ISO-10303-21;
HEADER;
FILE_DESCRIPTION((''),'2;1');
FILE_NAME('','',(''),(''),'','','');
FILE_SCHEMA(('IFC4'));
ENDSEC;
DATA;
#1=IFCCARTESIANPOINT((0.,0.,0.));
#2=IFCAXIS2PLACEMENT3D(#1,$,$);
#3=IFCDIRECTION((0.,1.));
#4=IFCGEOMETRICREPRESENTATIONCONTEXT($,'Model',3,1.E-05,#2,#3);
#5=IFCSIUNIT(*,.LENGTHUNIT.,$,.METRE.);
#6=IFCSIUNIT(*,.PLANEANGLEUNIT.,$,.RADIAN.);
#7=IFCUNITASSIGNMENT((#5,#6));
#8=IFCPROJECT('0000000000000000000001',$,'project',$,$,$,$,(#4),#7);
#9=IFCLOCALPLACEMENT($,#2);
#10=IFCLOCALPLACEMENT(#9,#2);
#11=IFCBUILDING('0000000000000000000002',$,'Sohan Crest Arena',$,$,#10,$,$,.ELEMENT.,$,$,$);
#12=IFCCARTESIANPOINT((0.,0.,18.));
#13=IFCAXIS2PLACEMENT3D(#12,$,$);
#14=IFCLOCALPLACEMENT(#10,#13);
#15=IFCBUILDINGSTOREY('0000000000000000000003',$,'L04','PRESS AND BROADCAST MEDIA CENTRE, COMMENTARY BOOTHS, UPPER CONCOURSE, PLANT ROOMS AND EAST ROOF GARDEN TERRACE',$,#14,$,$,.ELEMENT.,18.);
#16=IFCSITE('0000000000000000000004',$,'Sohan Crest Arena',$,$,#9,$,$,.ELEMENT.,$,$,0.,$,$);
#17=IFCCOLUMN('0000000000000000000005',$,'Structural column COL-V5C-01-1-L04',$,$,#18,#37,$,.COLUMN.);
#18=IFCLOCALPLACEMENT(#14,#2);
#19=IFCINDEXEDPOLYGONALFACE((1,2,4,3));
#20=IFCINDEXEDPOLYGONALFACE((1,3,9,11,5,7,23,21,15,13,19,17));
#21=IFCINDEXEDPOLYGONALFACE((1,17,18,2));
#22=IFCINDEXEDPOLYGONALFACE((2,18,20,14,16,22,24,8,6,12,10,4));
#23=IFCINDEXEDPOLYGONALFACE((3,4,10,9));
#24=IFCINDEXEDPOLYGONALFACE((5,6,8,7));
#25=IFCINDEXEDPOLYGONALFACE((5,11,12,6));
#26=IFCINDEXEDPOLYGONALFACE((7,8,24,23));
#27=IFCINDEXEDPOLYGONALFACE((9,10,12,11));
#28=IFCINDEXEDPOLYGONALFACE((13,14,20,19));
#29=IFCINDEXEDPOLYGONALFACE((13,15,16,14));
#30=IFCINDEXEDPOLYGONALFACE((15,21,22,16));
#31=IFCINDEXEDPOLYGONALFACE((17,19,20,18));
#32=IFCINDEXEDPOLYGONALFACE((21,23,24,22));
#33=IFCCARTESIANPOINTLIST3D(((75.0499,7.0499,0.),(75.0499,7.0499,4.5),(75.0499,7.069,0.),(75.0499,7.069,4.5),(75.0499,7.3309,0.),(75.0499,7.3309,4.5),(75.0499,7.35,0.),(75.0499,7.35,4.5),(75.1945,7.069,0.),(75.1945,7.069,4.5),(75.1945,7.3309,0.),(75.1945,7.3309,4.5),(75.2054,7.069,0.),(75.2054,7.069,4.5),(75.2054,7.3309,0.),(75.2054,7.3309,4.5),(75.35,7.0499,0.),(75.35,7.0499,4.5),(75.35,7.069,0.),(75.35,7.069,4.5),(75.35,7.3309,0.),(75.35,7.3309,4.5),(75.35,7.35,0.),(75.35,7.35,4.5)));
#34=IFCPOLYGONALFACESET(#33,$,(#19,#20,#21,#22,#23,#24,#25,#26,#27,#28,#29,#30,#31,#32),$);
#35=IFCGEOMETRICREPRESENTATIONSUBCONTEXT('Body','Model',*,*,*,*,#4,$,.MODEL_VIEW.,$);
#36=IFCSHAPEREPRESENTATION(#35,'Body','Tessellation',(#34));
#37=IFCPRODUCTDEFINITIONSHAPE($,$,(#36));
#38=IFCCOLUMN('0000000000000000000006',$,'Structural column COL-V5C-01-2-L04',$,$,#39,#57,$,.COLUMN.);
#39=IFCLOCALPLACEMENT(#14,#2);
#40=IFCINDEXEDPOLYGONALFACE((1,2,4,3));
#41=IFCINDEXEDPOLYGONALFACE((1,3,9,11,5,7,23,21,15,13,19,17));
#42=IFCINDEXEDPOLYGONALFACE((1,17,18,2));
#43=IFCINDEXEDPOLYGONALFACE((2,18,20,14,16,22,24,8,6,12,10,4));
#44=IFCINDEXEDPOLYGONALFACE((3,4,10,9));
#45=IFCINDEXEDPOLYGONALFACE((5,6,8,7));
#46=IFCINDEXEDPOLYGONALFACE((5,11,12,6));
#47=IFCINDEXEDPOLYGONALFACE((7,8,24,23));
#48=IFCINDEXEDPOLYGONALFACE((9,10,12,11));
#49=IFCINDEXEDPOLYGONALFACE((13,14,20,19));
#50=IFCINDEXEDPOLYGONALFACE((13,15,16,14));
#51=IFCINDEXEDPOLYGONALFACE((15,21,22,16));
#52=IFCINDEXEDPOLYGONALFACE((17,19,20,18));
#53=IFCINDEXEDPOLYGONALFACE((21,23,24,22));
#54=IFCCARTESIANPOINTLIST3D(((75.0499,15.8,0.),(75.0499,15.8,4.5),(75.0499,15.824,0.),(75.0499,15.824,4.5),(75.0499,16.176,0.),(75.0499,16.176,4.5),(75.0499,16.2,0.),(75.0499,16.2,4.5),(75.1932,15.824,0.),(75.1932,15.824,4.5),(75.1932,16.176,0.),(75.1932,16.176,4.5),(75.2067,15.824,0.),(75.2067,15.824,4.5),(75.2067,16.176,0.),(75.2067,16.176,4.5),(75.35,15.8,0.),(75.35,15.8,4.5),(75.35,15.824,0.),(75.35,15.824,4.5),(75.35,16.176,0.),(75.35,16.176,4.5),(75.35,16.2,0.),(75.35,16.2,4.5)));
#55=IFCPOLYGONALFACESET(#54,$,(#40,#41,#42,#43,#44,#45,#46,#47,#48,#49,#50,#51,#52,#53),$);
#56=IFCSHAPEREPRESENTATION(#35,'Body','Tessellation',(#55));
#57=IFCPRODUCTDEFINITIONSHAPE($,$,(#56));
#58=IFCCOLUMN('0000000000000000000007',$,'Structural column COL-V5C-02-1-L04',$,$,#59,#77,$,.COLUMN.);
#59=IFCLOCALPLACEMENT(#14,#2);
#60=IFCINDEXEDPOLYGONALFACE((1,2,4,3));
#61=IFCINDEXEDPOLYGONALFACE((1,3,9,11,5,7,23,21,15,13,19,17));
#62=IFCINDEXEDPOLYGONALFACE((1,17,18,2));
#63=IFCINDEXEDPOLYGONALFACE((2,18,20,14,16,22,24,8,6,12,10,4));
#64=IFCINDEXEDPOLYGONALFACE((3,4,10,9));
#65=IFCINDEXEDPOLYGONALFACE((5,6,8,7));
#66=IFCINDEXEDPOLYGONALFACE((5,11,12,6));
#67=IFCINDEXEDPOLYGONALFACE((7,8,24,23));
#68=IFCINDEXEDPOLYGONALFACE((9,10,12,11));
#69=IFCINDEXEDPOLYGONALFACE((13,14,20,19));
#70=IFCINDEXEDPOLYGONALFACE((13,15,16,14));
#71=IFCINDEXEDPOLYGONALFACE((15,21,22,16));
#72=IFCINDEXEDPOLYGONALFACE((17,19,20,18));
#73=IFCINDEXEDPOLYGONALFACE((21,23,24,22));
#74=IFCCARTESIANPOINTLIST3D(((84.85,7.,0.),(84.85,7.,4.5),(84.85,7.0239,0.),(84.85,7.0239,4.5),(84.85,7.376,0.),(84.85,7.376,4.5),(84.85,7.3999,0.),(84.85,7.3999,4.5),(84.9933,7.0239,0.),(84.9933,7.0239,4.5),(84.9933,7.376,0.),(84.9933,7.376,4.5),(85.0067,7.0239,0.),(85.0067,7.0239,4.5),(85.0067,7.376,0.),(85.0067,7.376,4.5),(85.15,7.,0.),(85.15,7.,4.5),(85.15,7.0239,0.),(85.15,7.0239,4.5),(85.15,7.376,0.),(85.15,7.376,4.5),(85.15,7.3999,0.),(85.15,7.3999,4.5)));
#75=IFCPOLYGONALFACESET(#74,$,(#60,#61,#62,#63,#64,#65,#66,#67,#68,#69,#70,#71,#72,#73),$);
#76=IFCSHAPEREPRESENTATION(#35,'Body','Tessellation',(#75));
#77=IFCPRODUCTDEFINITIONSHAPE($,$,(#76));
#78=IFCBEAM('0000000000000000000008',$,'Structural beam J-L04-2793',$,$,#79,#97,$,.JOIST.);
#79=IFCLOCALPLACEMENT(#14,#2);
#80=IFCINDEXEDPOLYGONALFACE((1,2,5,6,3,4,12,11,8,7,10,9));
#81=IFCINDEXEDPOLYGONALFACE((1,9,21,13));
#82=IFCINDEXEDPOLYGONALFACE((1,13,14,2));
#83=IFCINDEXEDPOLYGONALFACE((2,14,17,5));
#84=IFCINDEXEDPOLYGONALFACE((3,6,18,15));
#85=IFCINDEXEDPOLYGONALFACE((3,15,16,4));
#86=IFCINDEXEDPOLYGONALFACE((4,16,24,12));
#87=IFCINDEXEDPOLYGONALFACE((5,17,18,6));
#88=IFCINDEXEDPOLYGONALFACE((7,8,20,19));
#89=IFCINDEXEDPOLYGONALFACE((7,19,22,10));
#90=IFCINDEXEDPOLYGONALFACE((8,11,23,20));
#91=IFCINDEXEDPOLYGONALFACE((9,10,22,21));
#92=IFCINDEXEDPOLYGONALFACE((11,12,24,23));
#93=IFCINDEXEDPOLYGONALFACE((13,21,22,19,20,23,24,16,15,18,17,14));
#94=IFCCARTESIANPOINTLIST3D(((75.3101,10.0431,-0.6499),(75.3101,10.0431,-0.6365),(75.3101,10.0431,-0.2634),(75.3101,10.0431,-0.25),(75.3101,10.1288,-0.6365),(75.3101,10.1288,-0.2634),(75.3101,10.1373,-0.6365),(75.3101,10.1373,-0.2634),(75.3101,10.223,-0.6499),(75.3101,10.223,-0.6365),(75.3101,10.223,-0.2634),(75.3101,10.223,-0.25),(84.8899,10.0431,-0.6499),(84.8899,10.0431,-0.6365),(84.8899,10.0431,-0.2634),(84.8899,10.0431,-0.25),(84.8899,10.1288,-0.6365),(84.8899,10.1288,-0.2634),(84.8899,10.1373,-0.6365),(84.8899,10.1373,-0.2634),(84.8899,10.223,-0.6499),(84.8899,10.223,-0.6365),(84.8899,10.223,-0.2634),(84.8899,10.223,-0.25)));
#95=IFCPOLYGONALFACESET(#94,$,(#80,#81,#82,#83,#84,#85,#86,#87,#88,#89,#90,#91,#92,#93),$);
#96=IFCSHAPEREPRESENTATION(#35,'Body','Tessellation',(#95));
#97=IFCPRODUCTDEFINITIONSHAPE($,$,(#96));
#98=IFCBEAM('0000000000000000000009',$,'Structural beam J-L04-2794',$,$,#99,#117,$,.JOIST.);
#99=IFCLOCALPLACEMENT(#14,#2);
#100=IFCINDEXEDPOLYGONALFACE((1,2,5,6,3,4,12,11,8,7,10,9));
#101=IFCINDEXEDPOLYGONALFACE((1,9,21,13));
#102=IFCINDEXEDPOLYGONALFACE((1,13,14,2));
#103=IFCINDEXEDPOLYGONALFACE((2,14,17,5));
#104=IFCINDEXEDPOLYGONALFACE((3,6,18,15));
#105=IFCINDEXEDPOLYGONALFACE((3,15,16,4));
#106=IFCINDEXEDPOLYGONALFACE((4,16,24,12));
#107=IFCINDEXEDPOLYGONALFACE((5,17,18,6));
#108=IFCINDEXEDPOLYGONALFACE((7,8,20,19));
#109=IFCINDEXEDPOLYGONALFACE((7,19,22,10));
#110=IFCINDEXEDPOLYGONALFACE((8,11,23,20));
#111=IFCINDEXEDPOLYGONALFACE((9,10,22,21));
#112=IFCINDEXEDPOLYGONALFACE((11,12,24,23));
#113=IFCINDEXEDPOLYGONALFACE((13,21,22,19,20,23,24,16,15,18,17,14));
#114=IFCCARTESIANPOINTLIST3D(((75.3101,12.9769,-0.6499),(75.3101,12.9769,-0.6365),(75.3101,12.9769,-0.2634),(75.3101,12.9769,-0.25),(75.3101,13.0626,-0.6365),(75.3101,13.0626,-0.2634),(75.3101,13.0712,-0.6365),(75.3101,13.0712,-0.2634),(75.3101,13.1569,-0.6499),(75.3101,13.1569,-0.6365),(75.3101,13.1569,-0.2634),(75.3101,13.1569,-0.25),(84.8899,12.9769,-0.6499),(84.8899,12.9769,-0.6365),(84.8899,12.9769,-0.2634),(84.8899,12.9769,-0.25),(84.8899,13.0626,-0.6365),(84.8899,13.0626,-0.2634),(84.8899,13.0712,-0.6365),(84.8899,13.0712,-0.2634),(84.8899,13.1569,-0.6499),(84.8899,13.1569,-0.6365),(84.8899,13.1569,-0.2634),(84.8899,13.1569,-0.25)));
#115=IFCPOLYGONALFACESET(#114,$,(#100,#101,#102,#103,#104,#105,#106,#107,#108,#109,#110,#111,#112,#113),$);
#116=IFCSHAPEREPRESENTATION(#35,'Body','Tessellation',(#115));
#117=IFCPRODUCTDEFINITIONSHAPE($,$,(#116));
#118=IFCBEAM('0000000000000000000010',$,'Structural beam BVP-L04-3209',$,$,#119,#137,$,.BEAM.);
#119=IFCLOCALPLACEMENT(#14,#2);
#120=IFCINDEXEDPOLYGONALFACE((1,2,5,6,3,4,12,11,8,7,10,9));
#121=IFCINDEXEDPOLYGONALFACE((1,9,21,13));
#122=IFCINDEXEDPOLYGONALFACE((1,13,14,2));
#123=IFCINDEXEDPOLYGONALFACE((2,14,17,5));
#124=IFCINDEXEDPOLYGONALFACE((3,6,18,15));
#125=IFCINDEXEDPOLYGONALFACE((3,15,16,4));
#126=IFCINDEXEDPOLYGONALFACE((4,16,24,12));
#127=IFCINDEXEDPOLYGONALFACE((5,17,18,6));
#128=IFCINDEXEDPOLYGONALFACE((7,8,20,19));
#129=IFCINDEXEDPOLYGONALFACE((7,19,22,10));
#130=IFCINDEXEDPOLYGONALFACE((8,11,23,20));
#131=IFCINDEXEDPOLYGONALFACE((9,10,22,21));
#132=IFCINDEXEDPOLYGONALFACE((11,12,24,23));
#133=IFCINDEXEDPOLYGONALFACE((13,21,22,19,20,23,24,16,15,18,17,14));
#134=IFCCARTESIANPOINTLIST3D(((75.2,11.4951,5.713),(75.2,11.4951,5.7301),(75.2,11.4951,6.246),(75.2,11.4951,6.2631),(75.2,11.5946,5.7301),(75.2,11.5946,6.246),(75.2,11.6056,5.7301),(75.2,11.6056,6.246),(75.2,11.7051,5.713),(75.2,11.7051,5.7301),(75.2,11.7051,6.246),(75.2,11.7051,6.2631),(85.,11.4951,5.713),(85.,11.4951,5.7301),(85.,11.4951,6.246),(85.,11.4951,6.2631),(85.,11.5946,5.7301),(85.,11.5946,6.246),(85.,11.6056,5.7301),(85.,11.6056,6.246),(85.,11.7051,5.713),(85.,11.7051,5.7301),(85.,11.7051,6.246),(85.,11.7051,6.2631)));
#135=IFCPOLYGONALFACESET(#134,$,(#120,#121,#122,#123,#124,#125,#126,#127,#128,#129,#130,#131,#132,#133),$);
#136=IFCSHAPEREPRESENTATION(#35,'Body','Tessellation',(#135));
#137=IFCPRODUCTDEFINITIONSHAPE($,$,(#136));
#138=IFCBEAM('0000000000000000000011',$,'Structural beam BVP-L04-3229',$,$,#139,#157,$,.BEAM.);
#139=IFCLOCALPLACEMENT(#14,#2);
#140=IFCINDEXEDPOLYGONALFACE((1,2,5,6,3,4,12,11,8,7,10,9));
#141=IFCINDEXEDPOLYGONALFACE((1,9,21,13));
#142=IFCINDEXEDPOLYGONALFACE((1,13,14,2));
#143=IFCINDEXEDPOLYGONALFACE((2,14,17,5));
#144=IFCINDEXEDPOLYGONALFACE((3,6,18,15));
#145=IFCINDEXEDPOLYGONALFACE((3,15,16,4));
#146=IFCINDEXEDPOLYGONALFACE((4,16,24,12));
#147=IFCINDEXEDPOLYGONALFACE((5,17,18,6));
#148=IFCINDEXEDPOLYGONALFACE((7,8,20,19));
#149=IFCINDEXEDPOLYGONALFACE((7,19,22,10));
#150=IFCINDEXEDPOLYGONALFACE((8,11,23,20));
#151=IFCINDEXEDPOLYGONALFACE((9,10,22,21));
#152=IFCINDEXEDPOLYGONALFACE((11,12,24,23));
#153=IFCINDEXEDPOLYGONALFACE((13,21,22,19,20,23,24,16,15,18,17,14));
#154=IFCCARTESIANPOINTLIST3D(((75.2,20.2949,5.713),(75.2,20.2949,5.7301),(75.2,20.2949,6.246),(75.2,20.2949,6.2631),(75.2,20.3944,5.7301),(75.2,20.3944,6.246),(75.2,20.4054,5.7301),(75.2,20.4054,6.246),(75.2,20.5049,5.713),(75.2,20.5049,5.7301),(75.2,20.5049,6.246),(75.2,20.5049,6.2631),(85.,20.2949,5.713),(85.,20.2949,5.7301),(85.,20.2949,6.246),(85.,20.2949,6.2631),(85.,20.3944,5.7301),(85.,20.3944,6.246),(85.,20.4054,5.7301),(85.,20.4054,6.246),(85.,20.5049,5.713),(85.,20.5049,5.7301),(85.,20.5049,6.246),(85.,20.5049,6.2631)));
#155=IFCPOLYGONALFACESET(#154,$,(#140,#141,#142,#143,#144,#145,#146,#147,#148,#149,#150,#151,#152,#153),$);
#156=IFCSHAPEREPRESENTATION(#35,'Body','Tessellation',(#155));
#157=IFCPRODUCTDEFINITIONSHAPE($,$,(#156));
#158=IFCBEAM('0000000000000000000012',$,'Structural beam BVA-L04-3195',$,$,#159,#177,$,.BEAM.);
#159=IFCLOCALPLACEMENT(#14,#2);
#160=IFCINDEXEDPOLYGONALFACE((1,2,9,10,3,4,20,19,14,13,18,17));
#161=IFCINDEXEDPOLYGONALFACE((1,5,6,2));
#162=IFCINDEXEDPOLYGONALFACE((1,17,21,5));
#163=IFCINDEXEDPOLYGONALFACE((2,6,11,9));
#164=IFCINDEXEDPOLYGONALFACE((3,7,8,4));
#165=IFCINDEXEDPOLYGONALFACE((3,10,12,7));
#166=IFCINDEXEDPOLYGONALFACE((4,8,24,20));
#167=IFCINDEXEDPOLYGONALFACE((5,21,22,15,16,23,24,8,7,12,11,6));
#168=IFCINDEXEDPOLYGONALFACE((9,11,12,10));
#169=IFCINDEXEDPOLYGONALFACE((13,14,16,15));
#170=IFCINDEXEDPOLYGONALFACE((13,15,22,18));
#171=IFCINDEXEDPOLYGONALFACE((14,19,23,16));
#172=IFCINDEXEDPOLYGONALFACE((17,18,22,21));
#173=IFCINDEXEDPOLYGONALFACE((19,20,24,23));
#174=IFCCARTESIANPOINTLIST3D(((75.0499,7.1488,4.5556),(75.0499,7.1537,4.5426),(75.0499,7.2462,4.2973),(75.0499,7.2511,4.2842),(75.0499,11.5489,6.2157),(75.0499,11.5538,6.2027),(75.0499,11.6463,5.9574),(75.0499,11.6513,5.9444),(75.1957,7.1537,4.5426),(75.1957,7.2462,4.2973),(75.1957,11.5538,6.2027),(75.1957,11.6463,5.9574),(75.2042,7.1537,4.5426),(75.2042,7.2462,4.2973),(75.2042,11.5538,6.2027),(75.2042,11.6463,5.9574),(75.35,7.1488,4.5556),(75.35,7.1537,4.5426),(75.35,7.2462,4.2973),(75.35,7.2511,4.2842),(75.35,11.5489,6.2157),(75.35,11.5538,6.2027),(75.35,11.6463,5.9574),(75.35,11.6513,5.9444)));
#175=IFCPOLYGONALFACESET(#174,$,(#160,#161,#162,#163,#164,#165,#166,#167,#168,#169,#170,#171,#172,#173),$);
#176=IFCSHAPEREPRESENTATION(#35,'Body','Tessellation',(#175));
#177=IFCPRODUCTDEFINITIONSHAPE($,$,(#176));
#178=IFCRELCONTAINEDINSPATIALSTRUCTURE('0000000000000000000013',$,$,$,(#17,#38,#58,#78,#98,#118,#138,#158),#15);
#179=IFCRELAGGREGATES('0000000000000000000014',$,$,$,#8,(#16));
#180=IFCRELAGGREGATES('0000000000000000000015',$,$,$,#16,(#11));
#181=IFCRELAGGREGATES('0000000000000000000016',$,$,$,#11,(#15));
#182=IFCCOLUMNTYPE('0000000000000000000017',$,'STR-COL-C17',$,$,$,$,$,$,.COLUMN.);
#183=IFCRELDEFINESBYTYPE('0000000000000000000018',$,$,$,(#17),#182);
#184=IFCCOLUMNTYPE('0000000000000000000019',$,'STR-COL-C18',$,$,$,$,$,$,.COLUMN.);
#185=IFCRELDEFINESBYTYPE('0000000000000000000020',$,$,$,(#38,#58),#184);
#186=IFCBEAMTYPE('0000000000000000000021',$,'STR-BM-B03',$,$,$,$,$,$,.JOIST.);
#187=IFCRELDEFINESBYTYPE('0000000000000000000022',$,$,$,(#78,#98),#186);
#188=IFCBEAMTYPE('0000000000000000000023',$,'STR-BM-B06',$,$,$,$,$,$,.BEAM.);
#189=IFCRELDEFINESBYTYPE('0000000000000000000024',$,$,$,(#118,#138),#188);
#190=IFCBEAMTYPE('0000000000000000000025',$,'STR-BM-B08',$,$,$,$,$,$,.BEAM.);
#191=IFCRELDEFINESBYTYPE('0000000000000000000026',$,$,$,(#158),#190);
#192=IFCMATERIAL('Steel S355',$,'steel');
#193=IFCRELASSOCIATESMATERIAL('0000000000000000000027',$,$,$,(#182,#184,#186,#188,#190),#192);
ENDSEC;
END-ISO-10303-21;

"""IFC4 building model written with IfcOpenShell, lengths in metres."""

from ifc_helpers import new_model, si_unit, direction, frame, origin, origin_2d, place, context, subcontext, project, spatial, i_section, extrude, material, material_profile, profile_set, type_object, element, save


model = new_model("IFC4")

# Units and contexts
model_context = context("Model", 3, precision=1e-05, world=origin(), true_north=direction((0.0, 1.0)))
body_context = subcontext(model_context, "Body", "Model", "MODEL_VIEW")
ifc_project = project(units=[si_unit("LENGTHUNIT", "METRE"), si_unit("PLANEANGLEUNIT", "RADIAN")], contexts=[model_context])

# Site, building, storey
site_placement = place(None, origin())
site = spatial("IfcSite", under=ifc_project, at=site_placement, Name="Sohan Crest Arena", CompositionType="ELEMENT", RefElevation=0.0)
building_placement = place(site_placement, origin())
building = spatial("IfcBuilding", under=site, at=building_placement, Name="Sohan Crest Arena", CompositionType="ELEMENT")
storey_placement = place(building_placement, frame((0.0, 0.0, 18.0)))
storey = spatial("IfcBuildingStorey", under=building, at=storey_placement, Name="L04", Description="PRESS AND BROADCAST MEDIA CENTRE, COMMENTARY BOOTHS, UPPER CONCOURSE, PLANT ROOMS AND EAST ROOF GARDEN TERRACE", CompositionType="ELEMENT", Elevation=18.0)

# Columns
ifc_material_1 = material(Name="Steel S355", Category="steel")
ifc_material_profile_1 = material_profile(ifc_material_1, i_section(OverallWidth=0.3, OverallDepth=0.3, WebThickness=0.011, FlangeThickness=0.019, at=origin_2d()), Name="HEB 300")
ifc_profile_set_1 = profile_set([ifc_material_profile_1], Name="Steel S355")
column_type_1 = type_object("IfcColumnType", Name="STR-COL-C17", PredefinedType="COLUMN", material=ifc_profile_set_1)
column_placement = place(storey_placement, frame((75.2, 7.2, 0.0), z_axis=(0.0, 0.0, 1.0), x_axis=(1.0, 0.0, 0.0)))
element("IfcColumn", 1, at=column_placement, inside=storey, type_object=column_type_1, Name="Structural column COL-V5C-01-1-L04", PredefinedType="COLUMN", context=body_context, shape_type="SweptSolid", body=[
    extrude(i_section(OverallWidth=0.3, OverallDepth=0.3, WebThickness=0.011, FlangeThickness=0.019, at=origin_2d()), origin(), (0.0, 0.0, 1.0), 4.5),
])
ifc_material_profile_2 = material_profile(ifc_material_1, i_section(OverallWidth=0.3, OverallDepth=0.3999, WebThickness=0.0134, FlangeThickness=0.0239, at=origin_2d()), Name="HEB 400")
ifc_profile_set_2 = profile_set([ifc_material_profile_2], Name="Steel S355")
column_type_2 = type_object("IfcColumnType", Name="STR-COL-C18", PredefinedType="COLUMN", material=ifc_profile_set_2)
for number, where, z_axis, x_axis, name in (
    (2, (75.2, 16.0, 0.0), (0.0, 0.0, 1.0), (1.0, 0.0, 0.0), "Structural column COL-V5C-01-2-L04"),
    (3, (85.0, 7.2, 0.0), (0.0, 0.0, 1.0), (1.0, 0.0, 0.0), "Structural column COL-V5C-02-1-L04"),
):
    element("IfcColumn", number, at=place(storey_placement, frame(where, z_axis=z_axis, x_axis=x_axis)), inside=storey, type_object=column_type_2, Name=name, PredefinedType="COLUMN", context=body_context, shape_type="SweptSolid", body=[
        extrude(i_section(OverallWidth=0.3, OverallDepth=0.3999, WebThickness=0.0134, FlangeThickness=0.0239, at=origin_2d()), origin(), (0.0, 0.0, 1.0), 4.5),
    ])

# Beams
ifc_material_profile_3 = material_profile(ifc_material_1, i_section(OverallWidth=0.1799, OverallDepth=0.3999, WebThickness=0.0085, FlangeThickness=0.0134, at=origin_2d()), Name="IPE 400")
ifc_profile_set_3 = profile_set([ifc_material_profile_3], Name="Steel S355")
beam_type_1 = type_object("IfcBeamType", Name="STR-BM-B03", PredefinedType="JOIST", material=ifc_profile_set_3)
for number, where, z_axis, x_axis, name in (
    (4, (75.3101, 10.1331, -0.45), (1.0, 0.0, 0.0), (0.0, 1.0, 0.0), "Structural beam J-L04-2793"),
    (5, (75.3101, 13.0669, -0.45), (1.0, 0.0, 0.0), (0.0, 1.0, 0.0), "Structural beam J-L04-2794"),
):
    element("IfcBeam", number, at=place(storey_placement, frame(where, z_axis=z_axis, x_axis=x_axis)), inside=storey, type_object=beam_type_1, Name=name, PredefinedType="JOIST", context=body_context, shape_type="SweptSolid", body=[
        extrude(i_section(OverallWidth=0.1799, OverallDepth=0.3999, WebThickness=0.0085, FlangeThickness=0.0134, at=origin_2d()), origin(), (0.0, 0.0, 1.0), 9.5798),
    ])
ifc_material_profile_4 = material_profile(ifc_material_1, i_section(OverallWidth=0.21, OverallDepth=0.55, WebThickness=0.011, FlangeThickness=0.0171, at=origin_2d()), Name="IPE 550")
ifc_profile_set_4 = profile_set([ifc_material_profile_4], Name="Steel S355")
beam_type_2 = type_object("IfcBeamType", Name="STR-BM-B06", PredefinedType="BEAM", material=ifc_profile_set_4)
for number, where, z_axis, x_axis, name in (
    (6, (75.2, 11.6001, 5.988), (1.0, 0.0, 0.0), (0.0, 1.0, 0.0), "Structural beam BVP-L04-3209"),
    (7, (75.2, 20.3999, 5.988), (1.0, 0.0, 0.0), (0.0, 1.0, 0.0), "Structural beam BVP-L04-3229"),
):
    element("IfcBeam", number, at=place(storey_placement, frame(where, z_axis=z_axis, x_axis=x_axis)), inside=storey, type_object=beam_type_2, Name=name, PredefinedType="BEAM", context=body_context, shape_type="SweptSolid", body=[
        extrude(i_section(OverallWidth=0.21, OverallDepth=0.55, WebThickness=0.011, FlangeThickness=0.0171, at=origin_2d()), origin(), (0.0, 0.0, 1.0), 9.8),
    ])
ifc_material_profile_5 = material_profile(ifc_material_1, i_section(OverallWidth=0.3, OverallDepth=0.29, WebThickness=0.0085, FlangeThickness=0.0139, at=origin_2d()), Name="HEA 300")
ifc_profile_set_5 = profile_set([ifc_material_profile_5], Name="Steel S355")
beam_type_3 = type_object("IfcBeamType", Name="STR-BM-B08", PredefinedType="BEAM", material=ifc_profile_set_5)
beam_1_placement = place(storey_placement, frame((75.2, 7.2, 4.4199), z_axis=(0.0, 0.935621, 0.353006), x_axis=(-1.0, 0.0, 0.0)))
element("IfcBeam", 8, at=beam_1_placement, inside=storey, type_object=beam_type_3, Name="Structural beam BVA-L04-3195", PredefinedType="BEAM", context=body_context, shape_type="SweptSolid", body=[
    extrude(i_section(OverallWidth=0.3, OverallDepth=0.29, WebThickness=0.0085, FlangeThickness=0.0139, at=origin_2d()), origin(), (0.0, 0.0, 1.0), 4.7029),
])

save(model, "model.ifc")
